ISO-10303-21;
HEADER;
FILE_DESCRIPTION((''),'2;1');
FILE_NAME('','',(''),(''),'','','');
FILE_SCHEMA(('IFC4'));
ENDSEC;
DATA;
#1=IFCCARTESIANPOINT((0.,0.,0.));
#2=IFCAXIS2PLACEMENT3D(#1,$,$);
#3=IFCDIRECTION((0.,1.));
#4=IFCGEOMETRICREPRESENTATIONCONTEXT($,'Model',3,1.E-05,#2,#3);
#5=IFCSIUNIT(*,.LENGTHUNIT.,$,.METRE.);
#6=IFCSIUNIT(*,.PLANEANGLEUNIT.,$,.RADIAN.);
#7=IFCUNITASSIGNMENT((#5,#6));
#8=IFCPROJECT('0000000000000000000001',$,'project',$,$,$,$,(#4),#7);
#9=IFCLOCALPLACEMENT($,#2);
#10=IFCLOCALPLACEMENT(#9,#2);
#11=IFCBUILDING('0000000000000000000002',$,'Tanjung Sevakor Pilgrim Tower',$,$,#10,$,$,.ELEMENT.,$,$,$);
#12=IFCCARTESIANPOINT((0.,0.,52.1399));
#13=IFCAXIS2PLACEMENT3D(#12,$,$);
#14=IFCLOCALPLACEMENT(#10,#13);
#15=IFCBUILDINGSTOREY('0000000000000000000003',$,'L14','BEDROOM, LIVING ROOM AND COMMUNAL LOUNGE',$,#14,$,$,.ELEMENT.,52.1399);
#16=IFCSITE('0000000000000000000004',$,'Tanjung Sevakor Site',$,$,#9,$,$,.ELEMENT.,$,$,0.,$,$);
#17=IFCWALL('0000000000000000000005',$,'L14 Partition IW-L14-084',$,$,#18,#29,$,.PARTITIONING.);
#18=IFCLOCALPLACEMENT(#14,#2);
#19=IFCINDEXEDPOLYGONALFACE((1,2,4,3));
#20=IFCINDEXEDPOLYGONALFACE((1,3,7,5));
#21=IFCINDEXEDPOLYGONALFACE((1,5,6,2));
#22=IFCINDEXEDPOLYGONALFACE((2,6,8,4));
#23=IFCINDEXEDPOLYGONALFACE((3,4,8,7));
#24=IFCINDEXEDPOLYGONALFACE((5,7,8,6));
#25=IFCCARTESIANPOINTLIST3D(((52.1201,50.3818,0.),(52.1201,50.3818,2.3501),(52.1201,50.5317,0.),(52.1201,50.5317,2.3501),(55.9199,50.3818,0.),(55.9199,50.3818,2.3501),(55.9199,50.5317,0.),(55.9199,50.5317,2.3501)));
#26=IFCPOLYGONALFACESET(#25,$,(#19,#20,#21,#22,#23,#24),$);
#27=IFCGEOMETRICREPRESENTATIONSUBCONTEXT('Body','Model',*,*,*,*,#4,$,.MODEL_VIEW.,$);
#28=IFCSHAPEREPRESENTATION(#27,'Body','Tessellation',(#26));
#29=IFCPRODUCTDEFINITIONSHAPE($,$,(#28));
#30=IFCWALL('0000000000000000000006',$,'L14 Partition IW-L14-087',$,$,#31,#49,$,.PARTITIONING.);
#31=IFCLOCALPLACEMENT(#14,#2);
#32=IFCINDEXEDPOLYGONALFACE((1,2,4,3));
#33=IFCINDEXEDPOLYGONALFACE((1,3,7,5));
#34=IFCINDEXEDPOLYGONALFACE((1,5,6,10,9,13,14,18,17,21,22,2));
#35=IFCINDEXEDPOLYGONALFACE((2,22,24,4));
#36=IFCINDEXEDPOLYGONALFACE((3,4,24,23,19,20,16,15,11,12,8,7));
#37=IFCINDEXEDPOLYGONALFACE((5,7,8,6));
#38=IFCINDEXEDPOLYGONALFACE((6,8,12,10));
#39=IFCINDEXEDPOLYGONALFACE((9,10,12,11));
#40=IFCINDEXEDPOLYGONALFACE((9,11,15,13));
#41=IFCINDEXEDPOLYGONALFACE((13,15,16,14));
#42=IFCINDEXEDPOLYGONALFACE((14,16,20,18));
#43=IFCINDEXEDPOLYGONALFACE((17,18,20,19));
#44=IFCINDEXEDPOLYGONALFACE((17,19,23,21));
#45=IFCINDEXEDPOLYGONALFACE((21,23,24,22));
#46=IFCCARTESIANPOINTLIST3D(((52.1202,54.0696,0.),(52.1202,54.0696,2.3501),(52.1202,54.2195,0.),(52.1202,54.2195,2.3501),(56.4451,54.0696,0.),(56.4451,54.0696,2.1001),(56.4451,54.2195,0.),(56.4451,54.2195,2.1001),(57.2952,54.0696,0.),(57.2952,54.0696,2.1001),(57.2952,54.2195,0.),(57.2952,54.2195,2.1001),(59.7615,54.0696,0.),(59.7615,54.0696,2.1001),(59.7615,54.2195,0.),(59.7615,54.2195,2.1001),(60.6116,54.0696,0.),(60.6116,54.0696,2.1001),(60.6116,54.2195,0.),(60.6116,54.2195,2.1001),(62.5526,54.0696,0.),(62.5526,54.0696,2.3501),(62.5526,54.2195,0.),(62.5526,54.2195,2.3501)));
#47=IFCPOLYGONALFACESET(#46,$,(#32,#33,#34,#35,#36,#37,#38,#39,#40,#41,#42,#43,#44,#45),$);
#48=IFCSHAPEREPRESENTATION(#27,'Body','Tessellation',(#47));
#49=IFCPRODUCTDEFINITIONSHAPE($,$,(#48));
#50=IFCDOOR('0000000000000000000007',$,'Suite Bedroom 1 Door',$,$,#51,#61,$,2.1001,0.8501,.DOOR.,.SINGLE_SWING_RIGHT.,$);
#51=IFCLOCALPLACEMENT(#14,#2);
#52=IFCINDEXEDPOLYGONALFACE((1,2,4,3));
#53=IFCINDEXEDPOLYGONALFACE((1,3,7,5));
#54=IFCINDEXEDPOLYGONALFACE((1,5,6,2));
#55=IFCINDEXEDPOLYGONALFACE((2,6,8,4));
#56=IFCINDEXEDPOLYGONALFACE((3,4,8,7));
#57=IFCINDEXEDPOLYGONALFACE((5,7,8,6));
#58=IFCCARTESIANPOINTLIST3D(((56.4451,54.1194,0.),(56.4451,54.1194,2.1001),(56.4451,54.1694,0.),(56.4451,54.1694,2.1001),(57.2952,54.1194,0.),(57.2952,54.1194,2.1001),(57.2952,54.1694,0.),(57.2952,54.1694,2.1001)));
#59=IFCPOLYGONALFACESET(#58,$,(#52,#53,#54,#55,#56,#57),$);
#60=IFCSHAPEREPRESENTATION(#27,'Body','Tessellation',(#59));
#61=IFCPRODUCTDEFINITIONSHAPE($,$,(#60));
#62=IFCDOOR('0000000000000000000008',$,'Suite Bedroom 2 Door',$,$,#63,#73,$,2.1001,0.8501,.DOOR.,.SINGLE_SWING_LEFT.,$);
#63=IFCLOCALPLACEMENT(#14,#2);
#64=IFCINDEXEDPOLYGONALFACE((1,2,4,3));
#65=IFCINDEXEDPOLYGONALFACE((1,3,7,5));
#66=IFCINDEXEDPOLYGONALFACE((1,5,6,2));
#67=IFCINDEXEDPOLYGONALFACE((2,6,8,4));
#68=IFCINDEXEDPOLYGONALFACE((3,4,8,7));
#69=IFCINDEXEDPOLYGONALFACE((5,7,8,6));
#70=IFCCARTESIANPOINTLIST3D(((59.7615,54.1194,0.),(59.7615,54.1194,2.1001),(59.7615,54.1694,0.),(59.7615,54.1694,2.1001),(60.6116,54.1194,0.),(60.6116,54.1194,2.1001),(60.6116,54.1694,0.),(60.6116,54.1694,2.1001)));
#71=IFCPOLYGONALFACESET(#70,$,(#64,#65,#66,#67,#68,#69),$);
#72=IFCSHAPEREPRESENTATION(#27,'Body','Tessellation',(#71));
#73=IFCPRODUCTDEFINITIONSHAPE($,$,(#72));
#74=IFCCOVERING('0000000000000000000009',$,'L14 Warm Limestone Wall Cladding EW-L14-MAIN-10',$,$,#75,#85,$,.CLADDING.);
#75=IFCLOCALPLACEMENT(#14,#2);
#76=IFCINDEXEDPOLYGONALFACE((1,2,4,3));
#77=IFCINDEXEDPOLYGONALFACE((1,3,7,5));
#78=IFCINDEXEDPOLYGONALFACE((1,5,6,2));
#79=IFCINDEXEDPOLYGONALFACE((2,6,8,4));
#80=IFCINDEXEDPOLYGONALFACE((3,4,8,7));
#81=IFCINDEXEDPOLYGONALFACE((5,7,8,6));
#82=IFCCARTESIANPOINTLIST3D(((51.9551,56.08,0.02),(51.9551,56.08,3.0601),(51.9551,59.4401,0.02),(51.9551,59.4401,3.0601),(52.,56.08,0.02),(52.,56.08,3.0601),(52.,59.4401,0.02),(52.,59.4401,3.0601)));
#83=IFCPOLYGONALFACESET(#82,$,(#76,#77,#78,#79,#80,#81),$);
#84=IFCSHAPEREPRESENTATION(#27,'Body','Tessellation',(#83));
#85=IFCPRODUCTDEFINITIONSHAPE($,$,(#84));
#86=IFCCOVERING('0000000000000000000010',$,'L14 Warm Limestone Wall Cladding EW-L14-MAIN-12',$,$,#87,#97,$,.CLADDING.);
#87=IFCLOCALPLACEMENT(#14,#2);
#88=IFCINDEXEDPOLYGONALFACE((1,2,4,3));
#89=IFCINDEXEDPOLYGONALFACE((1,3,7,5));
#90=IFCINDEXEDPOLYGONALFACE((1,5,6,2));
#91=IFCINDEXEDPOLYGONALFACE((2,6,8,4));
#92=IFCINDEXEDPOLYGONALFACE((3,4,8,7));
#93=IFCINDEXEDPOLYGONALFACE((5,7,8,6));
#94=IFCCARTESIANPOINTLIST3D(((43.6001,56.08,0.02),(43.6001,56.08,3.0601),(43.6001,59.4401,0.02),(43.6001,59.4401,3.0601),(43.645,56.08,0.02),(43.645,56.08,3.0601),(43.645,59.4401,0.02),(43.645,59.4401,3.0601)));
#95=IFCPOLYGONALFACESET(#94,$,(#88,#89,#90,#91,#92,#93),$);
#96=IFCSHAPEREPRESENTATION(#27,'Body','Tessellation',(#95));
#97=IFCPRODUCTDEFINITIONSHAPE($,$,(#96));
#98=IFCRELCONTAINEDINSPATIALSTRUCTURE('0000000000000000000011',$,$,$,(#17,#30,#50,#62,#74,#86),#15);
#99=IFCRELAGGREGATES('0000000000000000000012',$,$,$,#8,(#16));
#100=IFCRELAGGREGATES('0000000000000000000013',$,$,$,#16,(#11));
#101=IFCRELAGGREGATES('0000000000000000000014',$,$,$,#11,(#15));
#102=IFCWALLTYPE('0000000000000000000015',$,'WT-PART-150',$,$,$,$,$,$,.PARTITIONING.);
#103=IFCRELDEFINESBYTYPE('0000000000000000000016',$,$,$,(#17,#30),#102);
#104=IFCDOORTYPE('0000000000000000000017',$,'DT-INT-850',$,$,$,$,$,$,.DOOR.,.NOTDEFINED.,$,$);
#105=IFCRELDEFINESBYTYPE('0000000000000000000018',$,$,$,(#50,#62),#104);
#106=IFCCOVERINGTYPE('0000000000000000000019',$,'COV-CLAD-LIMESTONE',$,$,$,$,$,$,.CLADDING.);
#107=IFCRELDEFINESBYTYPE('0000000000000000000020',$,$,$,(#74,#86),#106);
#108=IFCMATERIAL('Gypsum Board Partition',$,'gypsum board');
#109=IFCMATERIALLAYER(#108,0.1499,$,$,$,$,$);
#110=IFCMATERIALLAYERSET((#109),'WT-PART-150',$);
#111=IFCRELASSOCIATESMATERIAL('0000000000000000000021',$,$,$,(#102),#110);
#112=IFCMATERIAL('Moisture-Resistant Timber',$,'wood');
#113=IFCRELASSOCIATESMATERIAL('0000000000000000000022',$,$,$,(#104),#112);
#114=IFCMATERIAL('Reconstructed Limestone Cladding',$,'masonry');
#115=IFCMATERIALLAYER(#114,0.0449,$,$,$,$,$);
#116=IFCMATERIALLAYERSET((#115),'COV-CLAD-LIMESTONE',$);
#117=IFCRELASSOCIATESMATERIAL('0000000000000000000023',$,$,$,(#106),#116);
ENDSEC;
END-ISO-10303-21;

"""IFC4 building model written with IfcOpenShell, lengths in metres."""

from ifc_helpers import new_model, si_unit, direction, frame, frame_2d, origin, origin_2d, place, context, subcontext, project, spatial, rectangle, extrude, material, layer, layer_set, type_object, element, fill, save


model = new_model("IFC4")

# Units and contexts
model_context = context("Model", 3, precision=1e-05, world=origin(), true_north=direction((0.0, 1.0)))
body_context = subcontext(model_context, "Body", "Model", "MODEL_VIEW")
ifc_project = project(units=[si_unit("LENGTHUNIT", "METRE"), si_unit("PLANEANGLEUNIT", "RADIAN")], contexts=[model_context])

# Site, building, storey
site_placement = place(None, origin())
site = spatial("IfcSite", under=ifc_project, at=site_placement, Name="Tanjung Sevakor Site", CompositionType="ELEMENT", RefElevation=0.0)
building_placement = place(site_placement, origin())
building = spatial("IfcBuilding", under=site, at=building_placement, Name="Tanjung Sevakor Pilgrim Tower", CompositionType="ELEMENT")
storey_placement = place(building_placement, frame((0.0, 0.0, 52.1399)))
storey = spatial("IfcBuildingStorey", under=building, at=storey_placement, Name="L14", Description="BEDROOM, LIVING ROOM AND COMMUNAL LOUNGE", CompositionType="ELEMENT", Elevation=52.1399)

# Wall
ifc_material_1 = material(Name="Gypsum Board Partition", Category="gypsum board")
ifc_layer_1 = layer(ifc_material_1, 0.1499)
ifc_layer_set_1 = layer_set([ifc_layer_1], Name="WT-PART-150")
wall_type_1 = type_object("IfcWallType", Name="WT-PART-150", PredefinedType="PARTITIONING", material=ifc_layer_set_1)
wall_1_placement = place(storey_placement, frame((52.1201, 50.4568, 0.0), z_axis=(0.0, 0.0, 1.0), x_axis=(1.0, 0.0, 0.0)))
element("IfcWall", 1, at=wall_1_placement, inside=storey, type_object=wall_type_1, Name="L14 Partition IW-L14-084", PredefinedType="PARTITIONING", context=body_context, shape_type="SweptSolid", body=[
    extrude(rectangle(XDim=3.7998, YDim=0.1499, at=frame_2d((1.8999, 0.0))), origin(), (0.0, 0.0, 1.0), 2.3501),
])

# Wall, openings, doors
wall_2_placement = place(storey_placement, frame((52.1201, 54.1445, 0.0), z_axis=(0.0, 0.0, 1.0), x_axis=(1.0, 0.0, 0.0)))
wall_2 = element("IfcWall", 2, at=wall_2_placement, inside=storey, type_object=wall_type_1, Name="L14 Partition IW-L14-087", PredefinedType="PARTITIONING", context=body_context, shape_type="SweptSolid", body=[
    extrude(rectangle(XDim=10.4324, YDim=0.1499, at=frame_2d((5.2163, 0.0))), origin(), (0.0, 0.0, 1.0), 2.3501),
])
opening_1_placement = place(wall_2_placement, frame((4.325, 0.0, 0.0)))
opening_1 = element("IfcOpeningElement", 3, at=opening_1_placement, cuts=wall_2, PredefinedType="OPENING", context=body_context, shape_type="SweptSolid", body=[
    extrude(rectangle(XDim=0.8501, YDim=2.1001, at=frame_2d((0.425, 1.05))), frame((0.0, 0.085, 0.0), z_axis=(0.0, -1.0, 0.0), x_axis=(1.0, 0.0, 0.0)), (0.0, 0.0, 1.0), 0.1699),
])
opening_2_placement = place(wall_2_placement, frame((7.6414, 0.0, 0.0)))
opening_2 = element("IfcOpeningElement", 4, at=opening_2_placement, cuts=wall_2, PredefinedType="OPENING", context=body_context, shape_type="SweptSolid", body=[
    extrude(rectangle(XDim=0.8501, YDim=2.1001, at=frame_2d((0.425, 1.05))), frame((0.0, 0.085, 0.0), z_axis=(0.0, -1.0, 0.0), x_axis=(1.0, 0.0, 0.0)), (0.0, 0.0, 1.0), 0.1699),
])
ifc_material_2 = material(Name="Moisture-Resistant Timber", Category="wood")
door_type_1 = type_object("IfcDoorType", Name="DT-INT-850", OperationType="NOTDEFINED", PredefinedType="DOOR", material=ifc_material_2)
door_1_placement = place(opening_1_placement, origin())
door_1 = element("IfcDoor", 5, at=door_1_placement, inside=storey, type_object=door_type_1, Name="Suite Bedroom 1 Door", OperationType="SINGLE_SWING_RIGHT", OverallHeight=2.1001, OverallWidth=0.8501, PredefinedType="DOOR", context=body_context, shape_type="SweptSolid", body=[
    extrude(rectangle(XDim=0.8501, YDim=2.1001, at=frame_2d((0.425, 1.05))), frame((0.0, 0.0249, 0.0), z_axis=(0.0, -1.0, 0.0), x_axis=(1.0, 0.0, 0.0)), (0.0, 0.0, 1.0), 0.05),
])
fill(opening_1, door_1)
door_2_placement = place(opening_2_placement, origin())
door_2 = element("IfcDoor", 6, at=door_2_placement, inside=storey, type_object=door_type_1, Name="Suite Bedroom 2 Door", OperationType="SINGLE_SWING_LEFT", OverallHeight=2.1001, OverallWidth=0.8501, PredefinedType="DOOR", context=body_context, shape_type="SweptSolid", body=[
    extrude(rectangle(XDim=0.8501, YDim=2.1001, at=frame_2d((0.425, 1.05))), frame((0.0, 0.0249, 0.0), z_axis=(0.0, -1.0, 0.0), x_axis=(1.0, 0.0, 0.0)), (0.0, 0.0, 1.0), 0.05),
])
fill(opening_2, door_2)

# Coverings
ifc_material_3 = material(Name="Reconstructed Limestone Cladding", Category="masonry")
ifc_layer_2 = layer(ifc_material_3, 0.0449)
ifc_layer_set_2 = layer_set([ifc_layer_2], Name="COV-CLAD-LIMESTONE")
covering_type = type_object("IfcCoveringType", Name="COV-CLAD-LIMESTONE", PredefinedType="CLADDING", material=ifc_layer_set_2)
for number, where, z_axis, x_axis, name in (
    (7, (51.9775, 57.76, 0.02), (0.0, 0.0, 1.0), (0.0, -1.0, 0.0), "L14 Warm Limestone Wall Cladding EW-L14-MAIN-10"),
    (8, (43.6226, 57.76, 0.02), (0.0, 0.0, 1.0), (0.0, 1.0, 0.0), "L14 Warm Limestone Wall Cladding EW-L14-MAIN-12"),
):
    element("IfcCovering", number, at=place(storey_placement, frame(where, z_axis=z_axis, x_axis=x_axis)), inside=storey, type_object=covering_type, Name=name, PredefinedType="CLADDING", context=body_context, shape_type="SweptSolid", body=[
        extrude(rectangle(XDim=3.3601, YDim=0.0449, at=origin_2d()), origin(), (0.0, 0.0, 1.0), 3.04),
    ])

save(model, "model.ifc")
